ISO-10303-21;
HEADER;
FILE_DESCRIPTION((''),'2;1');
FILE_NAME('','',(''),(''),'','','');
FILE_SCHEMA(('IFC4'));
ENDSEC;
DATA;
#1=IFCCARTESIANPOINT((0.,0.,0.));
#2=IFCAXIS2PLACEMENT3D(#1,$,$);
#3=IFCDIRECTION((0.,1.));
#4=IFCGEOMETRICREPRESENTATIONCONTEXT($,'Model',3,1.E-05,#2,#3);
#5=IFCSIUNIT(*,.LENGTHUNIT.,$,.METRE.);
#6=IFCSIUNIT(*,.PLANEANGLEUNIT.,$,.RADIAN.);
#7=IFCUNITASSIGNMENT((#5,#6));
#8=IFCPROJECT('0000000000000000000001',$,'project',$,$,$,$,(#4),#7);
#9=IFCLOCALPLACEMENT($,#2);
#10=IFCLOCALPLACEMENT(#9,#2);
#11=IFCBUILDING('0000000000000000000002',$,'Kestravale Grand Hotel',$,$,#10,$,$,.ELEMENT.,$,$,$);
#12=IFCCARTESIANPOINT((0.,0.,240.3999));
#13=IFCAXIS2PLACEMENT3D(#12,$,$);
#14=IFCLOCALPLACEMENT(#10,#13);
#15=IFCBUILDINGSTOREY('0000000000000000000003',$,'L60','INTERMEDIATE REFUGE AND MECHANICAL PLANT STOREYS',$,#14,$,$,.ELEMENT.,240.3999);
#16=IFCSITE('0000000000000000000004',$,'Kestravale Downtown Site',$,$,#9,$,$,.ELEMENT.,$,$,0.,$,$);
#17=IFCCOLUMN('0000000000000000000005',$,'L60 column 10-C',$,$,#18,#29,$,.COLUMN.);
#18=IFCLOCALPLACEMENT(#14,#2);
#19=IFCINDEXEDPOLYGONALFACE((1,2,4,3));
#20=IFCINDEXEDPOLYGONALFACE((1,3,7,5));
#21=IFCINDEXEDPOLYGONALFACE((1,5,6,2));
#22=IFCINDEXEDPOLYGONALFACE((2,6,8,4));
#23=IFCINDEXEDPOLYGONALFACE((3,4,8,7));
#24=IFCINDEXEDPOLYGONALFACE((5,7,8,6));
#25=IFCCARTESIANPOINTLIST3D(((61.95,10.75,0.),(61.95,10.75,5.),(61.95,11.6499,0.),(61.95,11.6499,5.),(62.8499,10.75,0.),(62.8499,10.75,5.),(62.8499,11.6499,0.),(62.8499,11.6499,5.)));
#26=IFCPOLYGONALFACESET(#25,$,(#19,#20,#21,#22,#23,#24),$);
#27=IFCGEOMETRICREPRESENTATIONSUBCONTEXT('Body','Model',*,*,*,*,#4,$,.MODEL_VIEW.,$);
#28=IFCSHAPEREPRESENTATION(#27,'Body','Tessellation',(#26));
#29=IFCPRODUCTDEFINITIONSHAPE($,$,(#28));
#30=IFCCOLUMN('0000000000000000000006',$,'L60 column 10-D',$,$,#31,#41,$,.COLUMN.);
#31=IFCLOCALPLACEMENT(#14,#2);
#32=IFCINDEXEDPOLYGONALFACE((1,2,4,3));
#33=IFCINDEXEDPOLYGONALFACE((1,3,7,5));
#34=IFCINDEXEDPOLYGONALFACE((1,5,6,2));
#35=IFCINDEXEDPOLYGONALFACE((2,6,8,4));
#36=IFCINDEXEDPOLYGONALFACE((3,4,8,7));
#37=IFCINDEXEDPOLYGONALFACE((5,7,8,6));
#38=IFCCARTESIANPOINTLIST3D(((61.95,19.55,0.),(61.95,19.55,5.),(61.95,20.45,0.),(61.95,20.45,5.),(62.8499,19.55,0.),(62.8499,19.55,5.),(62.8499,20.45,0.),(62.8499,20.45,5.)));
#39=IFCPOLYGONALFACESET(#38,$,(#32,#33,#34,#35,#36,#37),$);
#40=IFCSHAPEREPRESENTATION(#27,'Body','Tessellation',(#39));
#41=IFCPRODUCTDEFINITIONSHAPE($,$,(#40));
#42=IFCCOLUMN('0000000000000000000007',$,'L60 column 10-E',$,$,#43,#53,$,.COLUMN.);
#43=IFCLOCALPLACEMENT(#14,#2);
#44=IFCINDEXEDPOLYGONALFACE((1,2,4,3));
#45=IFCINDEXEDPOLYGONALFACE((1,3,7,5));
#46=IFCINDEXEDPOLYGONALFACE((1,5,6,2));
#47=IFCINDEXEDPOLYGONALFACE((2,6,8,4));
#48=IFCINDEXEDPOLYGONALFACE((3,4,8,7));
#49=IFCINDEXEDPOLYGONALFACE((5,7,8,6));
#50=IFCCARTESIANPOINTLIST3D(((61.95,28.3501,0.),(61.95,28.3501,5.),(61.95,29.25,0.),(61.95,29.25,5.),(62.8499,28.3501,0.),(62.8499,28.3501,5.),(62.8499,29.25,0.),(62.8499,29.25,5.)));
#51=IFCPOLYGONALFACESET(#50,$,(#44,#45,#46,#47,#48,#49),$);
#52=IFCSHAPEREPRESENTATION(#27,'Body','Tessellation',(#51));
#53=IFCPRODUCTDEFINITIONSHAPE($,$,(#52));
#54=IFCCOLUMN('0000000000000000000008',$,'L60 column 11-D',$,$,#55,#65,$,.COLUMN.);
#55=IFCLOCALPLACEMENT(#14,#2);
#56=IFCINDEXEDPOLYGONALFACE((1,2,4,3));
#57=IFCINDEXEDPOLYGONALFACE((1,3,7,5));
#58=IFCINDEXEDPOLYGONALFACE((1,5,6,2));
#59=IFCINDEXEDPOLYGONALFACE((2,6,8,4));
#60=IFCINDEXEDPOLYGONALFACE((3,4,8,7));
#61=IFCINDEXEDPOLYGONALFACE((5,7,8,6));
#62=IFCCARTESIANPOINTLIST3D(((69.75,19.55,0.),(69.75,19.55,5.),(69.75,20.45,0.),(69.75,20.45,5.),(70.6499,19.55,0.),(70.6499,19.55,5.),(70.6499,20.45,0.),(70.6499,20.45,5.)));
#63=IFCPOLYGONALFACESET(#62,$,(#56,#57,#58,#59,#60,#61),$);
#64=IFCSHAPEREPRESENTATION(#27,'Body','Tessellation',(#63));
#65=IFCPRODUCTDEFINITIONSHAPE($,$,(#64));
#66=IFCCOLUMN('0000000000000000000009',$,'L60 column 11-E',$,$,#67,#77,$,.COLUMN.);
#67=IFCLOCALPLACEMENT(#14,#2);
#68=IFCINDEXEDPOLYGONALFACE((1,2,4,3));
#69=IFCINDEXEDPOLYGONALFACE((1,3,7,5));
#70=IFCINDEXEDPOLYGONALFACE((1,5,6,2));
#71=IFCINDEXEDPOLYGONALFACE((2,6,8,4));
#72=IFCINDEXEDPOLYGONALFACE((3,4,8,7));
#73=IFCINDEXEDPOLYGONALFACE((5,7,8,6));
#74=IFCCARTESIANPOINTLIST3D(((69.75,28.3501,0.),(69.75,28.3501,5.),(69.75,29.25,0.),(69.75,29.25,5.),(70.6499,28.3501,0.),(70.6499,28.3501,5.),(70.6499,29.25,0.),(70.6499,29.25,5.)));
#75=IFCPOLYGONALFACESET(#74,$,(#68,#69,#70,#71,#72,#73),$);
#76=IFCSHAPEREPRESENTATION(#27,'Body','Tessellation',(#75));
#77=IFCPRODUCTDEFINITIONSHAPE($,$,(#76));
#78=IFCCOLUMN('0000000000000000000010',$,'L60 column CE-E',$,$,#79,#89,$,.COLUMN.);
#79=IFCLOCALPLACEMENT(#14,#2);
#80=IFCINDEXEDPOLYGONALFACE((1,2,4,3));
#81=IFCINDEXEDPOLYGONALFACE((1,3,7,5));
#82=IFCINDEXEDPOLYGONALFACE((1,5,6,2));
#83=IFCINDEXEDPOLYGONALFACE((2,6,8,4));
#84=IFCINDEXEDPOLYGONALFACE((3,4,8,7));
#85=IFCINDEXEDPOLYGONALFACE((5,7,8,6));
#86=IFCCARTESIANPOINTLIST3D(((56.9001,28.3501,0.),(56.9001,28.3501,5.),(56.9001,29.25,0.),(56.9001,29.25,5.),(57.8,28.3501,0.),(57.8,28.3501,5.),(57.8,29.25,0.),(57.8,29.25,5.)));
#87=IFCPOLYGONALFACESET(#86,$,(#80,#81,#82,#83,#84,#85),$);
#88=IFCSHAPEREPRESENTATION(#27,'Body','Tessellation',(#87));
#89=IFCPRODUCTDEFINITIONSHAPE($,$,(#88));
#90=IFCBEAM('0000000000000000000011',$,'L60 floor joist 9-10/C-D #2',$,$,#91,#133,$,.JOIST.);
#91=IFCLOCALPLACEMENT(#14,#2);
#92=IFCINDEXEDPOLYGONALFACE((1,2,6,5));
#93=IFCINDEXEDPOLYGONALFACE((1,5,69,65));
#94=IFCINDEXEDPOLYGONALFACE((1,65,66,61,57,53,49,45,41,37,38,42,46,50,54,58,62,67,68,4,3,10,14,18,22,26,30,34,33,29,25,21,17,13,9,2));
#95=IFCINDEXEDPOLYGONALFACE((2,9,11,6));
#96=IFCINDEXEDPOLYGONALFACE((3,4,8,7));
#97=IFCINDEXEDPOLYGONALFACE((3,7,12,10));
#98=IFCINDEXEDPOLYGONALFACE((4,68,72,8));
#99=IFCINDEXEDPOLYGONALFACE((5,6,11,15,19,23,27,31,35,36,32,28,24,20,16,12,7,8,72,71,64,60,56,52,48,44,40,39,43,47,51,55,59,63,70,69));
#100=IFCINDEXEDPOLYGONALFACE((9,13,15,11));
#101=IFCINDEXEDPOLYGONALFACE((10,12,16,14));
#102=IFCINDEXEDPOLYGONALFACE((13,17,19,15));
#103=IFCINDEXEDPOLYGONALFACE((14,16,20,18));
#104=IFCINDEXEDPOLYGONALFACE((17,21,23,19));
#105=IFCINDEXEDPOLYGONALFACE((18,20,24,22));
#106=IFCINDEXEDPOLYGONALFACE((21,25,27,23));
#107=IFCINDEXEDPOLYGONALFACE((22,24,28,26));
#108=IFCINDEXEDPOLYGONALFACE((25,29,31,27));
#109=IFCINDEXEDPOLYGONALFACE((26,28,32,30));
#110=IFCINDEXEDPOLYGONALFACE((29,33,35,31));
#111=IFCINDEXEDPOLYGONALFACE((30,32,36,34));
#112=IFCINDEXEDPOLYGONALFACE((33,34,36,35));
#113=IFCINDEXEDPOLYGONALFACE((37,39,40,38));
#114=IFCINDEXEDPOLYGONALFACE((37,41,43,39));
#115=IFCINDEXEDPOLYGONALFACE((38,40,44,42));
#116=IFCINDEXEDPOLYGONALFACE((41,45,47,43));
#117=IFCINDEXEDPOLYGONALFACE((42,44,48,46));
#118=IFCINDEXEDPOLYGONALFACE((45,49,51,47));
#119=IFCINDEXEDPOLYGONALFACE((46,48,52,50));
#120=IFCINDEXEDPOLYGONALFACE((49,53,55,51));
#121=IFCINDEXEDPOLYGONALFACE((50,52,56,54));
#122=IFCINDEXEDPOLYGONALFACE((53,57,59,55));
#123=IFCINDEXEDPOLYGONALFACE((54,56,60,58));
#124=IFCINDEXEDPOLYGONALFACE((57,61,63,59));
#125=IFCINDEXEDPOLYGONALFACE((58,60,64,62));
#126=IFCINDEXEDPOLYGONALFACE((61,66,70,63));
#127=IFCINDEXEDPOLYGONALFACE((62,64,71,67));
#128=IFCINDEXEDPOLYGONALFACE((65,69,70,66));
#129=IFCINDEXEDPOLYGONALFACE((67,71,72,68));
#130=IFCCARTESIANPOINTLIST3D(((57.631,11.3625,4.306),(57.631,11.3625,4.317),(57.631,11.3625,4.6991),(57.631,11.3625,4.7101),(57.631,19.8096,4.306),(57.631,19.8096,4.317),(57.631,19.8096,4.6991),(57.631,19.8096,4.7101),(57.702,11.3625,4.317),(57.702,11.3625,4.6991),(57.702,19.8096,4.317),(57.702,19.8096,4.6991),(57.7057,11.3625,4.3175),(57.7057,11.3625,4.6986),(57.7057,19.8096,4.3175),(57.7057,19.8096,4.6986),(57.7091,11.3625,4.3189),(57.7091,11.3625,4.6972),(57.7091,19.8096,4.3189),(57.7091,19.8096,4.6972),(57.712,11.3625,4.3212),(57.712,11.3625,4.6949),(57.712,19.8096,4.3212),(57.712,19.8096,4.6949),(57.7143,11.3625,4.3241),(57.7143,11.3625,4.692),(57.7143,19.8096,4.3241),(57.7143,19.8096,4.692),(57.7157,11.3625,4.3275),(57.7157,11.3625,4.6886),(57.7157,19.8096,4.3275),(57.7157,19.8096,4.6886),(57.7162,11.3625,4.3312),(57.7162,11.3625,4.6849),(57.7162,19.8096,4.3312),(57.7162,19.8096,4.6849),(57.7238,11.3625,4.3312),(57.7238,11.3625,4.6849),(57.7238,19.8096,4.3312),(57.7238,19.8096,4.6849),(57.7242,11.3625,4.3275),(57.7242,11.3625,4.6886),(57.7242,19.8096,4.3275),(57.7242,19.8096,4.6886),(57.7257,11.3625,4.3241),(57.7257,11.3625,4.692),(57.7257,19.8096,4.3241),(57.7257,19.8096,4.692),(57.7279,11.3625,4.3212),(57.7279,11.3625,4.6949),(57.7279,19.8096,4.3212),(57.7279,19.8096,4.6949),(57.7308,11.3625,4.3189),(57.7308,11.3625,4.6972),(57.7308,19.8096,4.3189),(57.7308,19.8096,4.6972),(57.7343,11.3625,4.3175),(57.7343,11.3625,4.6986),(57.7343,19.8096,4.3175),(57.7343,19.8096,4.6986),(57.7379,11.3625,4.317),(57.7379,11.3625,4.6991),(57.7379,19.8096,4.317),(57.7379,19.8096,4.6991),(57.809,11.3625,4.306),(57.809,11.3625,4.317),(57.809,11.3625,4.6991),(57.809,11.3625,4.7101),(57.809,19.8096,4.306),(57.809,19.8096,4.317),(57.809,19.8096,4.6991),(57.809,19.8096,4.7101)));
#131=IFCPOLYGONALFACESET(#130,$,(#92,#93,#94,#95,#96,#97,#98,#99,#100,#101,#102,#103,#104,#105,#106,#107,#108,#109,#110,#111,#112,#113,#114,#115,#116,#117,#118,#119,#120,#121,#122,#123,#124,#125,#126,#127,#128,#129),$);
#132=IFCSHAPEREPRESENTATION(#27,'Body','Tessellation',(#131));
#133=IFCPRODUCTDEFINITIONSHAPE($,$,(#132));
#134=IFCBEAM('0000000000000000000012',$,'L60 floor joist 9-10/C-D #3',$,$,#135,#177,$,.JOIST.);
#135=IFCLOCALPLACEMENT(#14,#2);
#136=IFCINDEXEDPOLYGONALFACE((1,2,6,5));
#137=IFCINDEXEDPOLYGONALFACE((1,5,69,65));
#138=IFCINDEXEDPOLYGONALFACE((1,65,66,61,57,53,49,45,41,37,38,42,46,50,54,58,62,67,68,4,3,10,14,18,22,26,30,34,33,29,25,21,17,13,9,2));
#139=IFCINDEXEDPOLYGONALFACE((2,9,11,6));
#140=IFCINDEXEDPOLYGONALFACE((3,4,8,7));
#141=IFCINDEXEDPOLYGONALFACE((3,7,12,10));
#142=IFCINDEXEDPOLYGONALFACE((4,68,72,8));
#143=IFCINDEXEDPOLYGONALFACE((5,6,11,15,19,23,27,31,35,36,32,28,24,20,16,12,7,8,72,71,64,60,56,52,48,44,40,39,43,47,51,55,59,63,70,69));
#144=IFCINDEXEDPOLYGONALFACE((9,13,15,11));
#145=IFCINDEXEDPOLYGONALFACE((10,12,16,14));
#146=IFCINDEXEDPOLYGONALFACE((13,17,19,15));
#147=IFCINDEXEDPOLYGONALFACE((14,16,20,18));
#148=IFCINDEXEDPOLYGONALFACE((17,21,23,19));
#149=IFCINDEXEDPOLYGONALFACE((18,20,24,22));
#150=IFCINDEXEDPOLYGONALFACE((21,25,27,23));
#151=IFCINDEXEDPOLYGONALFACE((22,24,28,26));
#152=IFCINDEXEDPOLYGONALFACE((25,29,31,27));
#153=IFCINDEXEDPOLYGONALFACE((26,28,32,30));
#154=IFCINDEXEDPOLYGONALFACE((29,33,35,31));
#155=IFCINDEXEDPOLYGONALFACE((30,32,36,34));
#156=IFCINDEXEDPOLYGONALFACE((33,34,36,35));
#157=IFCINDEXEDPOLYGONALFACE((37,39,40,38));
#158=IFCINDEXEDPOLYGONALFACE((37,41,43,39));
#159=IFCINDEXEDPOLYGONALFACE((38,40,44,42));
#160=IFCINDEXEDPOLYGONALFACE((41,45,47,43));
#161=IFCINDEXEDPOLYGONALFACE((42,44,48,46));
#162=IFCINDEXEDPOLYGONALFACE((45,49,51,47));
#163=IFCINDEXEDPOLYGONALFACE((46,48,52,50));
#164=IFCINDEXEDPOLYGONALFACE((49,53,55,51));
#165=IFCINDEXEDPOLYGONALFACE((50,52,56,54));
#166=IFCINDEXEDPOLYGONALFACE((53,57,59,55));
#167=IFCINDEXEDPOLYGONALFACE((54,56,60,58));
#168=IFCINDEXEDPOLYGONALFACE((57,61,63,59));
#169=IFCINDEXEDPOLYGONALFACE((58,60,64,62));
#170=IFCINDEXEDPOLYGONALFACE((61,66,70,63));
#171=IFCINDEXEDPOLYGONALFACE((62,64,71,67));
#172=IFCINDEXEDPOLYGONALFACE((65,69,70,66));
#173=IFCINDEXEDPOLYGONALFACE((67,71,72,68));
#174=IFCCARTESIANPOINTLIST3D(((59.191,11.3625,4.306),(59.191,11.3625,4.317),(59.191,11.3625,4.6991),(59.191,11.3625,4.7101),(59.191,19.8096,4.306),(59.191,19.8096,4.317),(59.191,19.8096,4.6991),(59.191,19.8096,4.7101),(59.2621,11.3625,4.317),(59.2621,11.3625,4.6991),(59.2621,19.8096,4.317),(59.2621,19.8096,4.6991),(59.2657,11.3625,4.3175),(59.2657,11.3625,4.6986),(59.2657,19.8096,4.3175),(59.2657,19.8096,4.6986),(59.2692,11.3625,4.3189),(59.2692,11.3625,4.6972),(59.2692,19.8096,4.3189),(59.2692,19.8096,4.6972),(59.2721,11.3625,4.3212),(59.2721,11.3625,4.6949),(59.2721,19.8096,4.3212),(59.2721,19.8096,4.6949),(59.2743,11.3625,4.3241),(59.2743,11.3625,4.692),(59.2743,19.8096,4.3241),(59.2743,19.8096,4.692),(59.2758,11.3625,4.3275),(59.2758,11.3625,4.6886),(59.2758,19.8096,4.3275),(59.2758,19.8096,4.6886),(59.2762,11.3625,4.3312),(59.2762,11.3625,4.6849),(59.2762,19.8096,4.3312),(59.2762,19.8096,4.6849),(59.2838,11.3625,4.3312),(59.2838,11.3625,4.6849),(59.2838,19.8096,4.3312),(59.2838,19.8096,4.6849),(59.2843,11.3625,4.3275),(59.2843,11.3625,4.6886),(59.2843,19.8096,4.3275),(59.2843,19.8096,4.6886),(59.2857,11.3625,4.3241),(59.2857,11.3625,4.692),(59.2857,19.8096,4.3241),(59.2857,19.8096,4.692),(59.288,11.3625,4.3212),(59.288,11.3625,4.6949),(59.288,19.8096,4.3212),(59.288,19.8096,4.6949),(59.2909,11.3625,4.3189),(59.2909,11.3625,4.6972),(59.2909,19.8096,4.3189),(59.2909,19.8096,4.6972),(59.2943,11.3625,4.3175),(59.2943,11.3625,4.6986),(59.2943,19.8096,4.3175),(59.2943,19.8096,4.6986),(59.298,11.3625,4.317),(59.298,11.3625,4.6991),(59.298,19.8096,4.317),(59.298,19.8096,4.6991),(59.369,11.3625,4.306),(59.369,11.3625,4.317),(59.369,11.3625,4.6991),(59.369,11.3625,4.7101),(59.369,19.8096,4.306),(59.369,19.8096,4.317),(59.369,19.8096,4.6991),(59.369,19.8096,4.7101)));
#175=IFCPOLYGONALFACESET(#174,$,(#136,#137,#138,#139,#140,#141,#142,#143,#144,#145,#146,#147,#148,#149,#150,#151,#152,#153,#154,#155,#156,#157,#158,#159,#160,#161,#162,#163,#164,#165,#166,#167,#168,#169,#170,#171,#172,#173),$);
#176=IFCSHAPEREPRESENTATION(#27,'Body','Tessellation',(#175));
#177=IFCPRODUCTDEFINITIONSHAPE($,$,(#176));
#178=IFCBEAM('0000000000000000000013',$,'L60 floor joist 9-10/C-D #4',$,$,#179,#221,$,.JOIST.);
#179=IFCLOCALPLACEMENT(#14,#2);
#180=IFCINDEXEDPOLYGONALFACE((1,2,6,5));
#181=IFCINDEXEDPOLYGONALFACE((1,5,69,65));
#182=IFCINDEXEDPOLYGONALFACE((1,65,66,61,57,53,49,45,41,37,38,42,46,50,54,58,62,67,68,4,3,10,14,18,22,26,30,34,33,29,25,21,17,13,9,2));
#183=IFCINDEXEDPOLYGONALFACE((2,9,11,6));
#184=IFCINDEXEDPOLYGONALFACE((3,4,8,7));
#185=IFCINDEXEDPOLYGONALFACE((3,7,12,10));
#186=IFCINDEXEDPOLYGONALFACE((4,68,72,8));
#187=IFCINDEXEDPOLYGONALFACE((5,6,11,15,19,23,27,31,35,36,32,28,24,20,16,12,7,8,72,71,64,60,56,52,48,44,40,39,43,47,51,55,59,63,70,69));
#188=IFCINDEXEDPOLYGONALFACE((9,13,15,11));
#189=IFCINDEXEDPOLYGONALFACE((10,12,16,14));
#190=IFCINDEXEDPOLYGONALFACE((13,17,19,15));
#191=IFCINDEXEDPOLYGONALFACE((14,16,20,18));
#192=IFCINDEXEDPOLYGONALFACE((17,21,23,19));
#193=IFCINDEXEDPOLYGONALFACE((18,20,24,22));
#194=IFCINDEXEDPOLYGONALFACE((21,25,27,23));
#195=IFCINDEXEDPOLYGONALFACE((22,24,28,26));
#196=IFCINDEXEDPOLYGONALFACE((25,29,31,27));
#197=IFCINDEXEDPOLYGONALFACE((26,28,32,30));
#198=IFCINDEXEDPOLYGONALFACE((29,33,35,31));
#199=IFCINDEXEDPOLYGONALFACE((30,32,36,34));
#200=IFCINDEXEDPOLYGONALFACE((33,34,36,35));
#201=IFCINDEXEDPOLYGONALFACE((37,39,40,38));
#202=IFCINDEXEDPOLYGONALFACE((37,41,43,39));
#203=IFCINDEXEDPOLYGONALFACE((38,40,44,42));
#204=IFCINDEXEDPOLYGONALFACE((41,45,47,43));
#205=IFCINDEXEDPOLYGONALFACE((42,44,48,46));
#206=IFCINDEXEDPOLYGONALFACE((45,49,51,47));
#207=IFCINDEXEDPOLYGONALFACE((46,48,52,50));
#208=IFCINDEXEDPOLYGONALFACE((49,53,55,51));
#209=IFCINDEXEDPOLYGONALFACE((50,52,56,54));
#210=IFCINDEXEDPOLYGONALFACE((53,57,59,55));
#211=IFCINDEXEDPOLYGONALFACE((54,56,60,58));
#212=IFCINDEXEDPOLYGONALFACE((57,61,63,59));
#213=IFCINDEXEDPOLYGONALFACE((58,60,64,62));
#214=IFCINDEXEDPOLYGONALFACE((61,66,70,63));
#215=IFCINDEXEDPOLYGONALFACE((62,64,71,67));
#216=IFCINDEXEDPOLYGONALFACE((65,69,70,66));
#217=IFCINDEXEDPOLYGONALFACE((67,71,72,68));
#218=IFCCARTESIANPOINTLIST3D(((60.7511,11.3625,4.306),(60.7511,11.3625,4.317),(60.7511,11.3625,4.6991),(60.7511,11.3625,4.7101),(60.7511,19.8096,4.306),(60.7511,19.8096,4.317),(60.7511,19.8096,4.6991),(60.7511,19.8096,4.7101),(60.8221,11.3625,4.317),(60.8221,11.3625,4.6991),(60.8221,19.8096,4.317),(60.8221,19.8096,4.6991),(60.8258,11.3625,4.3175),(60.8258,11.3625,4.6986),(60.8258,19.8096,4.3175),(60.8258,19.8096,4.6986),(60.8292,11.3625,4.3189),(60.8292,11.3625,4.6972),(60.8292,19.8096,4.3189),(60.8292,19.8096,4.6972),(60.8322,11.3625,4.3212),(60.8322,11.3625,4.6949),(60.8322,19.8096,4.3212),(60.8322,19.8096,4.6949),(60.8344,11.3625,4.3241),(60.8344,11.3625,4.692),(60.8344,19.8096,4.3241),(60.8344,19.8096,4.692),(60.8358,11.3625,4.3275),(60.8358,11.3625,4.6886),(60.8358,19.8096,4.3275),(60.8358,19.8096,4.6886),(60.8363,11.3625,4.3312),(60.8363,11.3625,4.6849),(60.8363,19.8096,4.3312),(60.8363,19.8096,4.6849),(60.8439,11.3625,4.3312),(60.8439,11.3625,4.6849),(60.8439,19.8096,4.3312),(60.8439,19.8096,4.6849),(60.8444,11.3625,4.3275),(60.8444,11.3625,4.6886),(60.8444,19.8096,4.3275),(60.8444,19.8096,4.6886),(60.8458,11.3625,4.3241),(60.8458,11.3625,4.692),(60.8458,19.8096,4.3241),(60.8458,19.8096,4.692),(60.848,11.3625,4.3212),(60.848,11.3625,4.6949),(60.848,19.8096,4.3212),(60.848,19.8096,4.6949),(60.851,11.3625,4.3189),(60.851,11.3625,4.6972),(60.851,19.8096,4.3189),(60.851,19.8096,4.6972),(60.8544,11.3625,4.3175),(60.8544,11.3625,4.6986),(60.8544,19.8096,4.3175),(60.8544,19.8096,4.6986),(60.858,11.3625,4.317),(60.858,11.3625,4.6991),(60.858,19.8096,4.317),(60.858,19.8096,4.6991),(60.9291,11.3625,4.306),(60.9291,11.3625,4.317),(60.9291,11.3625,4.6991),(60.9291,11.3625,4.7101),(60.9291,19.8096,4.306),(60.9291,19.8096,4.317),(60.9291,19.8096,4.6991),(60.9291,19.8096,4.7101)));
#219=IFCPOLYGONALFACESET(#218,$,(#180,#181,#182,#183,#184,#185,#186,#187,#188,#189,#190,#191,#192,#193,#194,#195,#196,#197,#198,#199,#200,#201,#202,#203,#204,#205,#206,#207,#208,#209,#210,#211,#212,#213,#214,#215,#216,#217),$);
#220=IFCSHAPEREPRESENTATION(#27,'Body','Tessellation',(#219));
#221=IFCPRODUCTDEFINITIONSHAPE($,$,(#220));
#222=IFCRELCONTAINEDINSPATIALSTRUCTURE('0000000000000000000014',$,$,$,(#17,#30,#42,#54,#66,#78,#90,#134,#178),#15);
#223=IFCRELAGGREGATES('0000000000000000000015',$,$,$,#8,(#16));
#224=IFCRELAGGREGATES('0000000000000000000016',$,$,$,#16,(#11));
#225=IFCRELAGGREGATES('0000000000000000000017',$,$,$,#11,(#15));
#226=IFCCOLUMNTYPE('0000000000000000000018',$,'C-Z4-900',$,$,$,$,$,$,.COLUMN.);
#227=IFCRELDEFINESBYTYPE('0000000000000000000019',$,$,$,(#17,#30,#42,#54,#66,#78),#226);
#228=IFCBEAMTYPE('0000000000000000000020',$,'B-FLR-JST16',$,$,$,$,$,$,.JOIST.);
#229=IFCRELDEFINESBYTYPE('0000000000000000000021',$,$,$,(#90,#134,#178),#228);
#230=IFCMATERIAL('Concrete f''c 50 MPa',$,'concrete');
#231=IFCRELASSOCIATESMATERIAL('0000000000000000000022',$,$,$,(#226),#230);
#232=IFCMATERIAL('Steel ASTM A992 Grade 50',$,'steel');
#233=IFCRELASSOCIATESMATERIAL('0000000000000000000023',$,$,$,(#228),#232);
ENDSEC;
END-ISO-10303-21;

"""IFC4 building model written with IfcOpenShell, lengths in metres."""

from ifc_helpers import new_model, si_unit, direction, frame, origin, origin_2d, place, context, subcontext, project, spatial, rectangle, i_section, extrude, material, material_profile, profile_set, type_object, element, save


model = new_model("IFC4")

# Units and contexts
model_context = context("Model", 3, precision=1e-05, world=origin(), true_north=direction((0.0, 1.0)))
body_context = subcontext(model_context, "Body", "Model", "MODEL_VIEW")
ifc_project = project(units=[si_unit("LENGTHUNIT", "METRE"), si_unit("PLANEANGLEUNIT", "RADIAN")], contexts=[model_context])

# Site, building, storey
site_placement = place(None, origin())
site = spatial("IfcSite", under=ifc_project, at=site_placement, Name="Kestravale Downtown Site", CompositionType="ELEMENT", RefElevation=0.0)
building_placement = place(site_placement, origin())
building = spatial("IfcBuilding", under=site, at=building_placement, Name="Kestravale Grand Hotel", CompositionType="ELEMENT")
storey_placement = place(building_placement, frame((0.0, 0.0, 240.3999)))
storey = spatial("IfcBuildingStorey", under=building, at=storey_placement, Name="L60", Description="INTERMEDIATE REFUGE AND MECHANICAL PLANT STOREYS", CompositionType="ELEMENT", Elevation=240.3999)

# Columns
ifc_material_1 = material(Name="Concrete f'c 50 MPa", Category="concrete")
ifc_material_profile_1 = material_profile(ifc_material_1, rectangle(XDim=0.8999, YDim=0.8999, at=origin_2d()))
ifc_profile_set_1 = profile_set([ifc_material_profile_1], Name="Concrete f'c 50 MPa")
column_type = type_object("IfcColumnType", Name="C-Z4-900", PredefinedType="COLUMN", material=ifc_profile_set_1)
for number, where, z_axis, x_axis, name in (
    (1, (62.3999, 11.2, 0.0), (0.0, 0.0, 1.0), (1.0, 0.0, 0.0), "L60 column 10-C"),
    (2, (62.3999, 20.0, 0.0), (0.0, 0.0, 1.0), (1.0, 0.0, 0.0), "L60 column 10-D"),
    (3, (62.3999, 28.8, 0.0), (0.0, 0.0, 1.0), (1.0, 0.0, 0.0), "L60 column 10-E"),
    (4, (70.2, 20.0, 0.0), (0.0, 0.0, 1.0), (1.0, 0.0, 0.0), "L60 column 11-D"),
    (5, (70.2, 28.8, 0.0), (0.0, 0.0, 1.0), (1.0, 0.0, 0.0), "L60 column 11-E"),
    (6, (57.3501, 28.8, 0.0), (0.0, 0.0, 1.0), (1.0, 0.0, 0.0), "L60 column CE-E"),
):
    element("IfcColumn", number, at=place(storey_placement, frame(where, z_axis=z_axis, x_axis=x_axis)), inside=storey, type_object=column_type, Name=name, PredefinedType="COLUMN", context=body_context, shape_type="SweptSolid", body=[
        extrude(rectangle(XDim=0.8999, YDim=0.8999, at=origin_2d()), origin(), (0.0, 0.0, 1.0), 5.0),
    ])

# Beams
ifc_material_2 = material(Name="Steel ASTM A992 Grade 50", Category="steel")
ifc_material_profile_2 = material_profile(ifc_material_2, i_section(OverallWidth=0.178, OverallDepth=0.4041, WebThickness=0.0076, FlangeThickness=0.011, FilletRadius=0.0142, at=origin_2d()))
ifc_profile_set_2 = profile_set([ifc_material_profile_2], Name="Steel ASTM A992 Grade 50")
beam_type_1 = type_object("IfcBeamType", Name="B-FLR-JST16", PredefinedType="JOIST", material=ifc_profile_set_2)
for number, where, z_axis, x_axis, name in (
    (7, (57.72, 11.3625, 4.5081), (0.0, 1.0, 0.0), (-1.0, 0.0, 0.0), "L60 floor joist 9-10/C-D #2"),
    (8, (59.28, 11.3625, 4.5081), (0.0, 1.0, 0.0), (-1.0, 0.0, 0.0), "L60 floor joist 9-10/C-D #3"),
    (9, (60.8401, 11.3625, 4.5081), (0.0, 1.0, 0.0), (-1.0, 0.0, 0.0), "L60 floor joist 9-10/C-D #4"),
):
    element("IfcBeam", number, at=place(storey_placement, frame(where, z_axis=z_axis, x_axis=x_axis)), inside=storey, type_object=beam_type_1, Name=name, PredefinedType="JOIST", context=body_context, shape_type="SweptSolid", body=[
        extrude(i_section(OverallWidth=0.178, OverallDepth=0.4041, WebThickness=0.0076, FlangeThickness=0.011, FilletRadius=0.0142, at=origin_2d()), origin(), (0.0, 0.0, 1.0), 8.447),
    ])

save(model, "model.ifc")
